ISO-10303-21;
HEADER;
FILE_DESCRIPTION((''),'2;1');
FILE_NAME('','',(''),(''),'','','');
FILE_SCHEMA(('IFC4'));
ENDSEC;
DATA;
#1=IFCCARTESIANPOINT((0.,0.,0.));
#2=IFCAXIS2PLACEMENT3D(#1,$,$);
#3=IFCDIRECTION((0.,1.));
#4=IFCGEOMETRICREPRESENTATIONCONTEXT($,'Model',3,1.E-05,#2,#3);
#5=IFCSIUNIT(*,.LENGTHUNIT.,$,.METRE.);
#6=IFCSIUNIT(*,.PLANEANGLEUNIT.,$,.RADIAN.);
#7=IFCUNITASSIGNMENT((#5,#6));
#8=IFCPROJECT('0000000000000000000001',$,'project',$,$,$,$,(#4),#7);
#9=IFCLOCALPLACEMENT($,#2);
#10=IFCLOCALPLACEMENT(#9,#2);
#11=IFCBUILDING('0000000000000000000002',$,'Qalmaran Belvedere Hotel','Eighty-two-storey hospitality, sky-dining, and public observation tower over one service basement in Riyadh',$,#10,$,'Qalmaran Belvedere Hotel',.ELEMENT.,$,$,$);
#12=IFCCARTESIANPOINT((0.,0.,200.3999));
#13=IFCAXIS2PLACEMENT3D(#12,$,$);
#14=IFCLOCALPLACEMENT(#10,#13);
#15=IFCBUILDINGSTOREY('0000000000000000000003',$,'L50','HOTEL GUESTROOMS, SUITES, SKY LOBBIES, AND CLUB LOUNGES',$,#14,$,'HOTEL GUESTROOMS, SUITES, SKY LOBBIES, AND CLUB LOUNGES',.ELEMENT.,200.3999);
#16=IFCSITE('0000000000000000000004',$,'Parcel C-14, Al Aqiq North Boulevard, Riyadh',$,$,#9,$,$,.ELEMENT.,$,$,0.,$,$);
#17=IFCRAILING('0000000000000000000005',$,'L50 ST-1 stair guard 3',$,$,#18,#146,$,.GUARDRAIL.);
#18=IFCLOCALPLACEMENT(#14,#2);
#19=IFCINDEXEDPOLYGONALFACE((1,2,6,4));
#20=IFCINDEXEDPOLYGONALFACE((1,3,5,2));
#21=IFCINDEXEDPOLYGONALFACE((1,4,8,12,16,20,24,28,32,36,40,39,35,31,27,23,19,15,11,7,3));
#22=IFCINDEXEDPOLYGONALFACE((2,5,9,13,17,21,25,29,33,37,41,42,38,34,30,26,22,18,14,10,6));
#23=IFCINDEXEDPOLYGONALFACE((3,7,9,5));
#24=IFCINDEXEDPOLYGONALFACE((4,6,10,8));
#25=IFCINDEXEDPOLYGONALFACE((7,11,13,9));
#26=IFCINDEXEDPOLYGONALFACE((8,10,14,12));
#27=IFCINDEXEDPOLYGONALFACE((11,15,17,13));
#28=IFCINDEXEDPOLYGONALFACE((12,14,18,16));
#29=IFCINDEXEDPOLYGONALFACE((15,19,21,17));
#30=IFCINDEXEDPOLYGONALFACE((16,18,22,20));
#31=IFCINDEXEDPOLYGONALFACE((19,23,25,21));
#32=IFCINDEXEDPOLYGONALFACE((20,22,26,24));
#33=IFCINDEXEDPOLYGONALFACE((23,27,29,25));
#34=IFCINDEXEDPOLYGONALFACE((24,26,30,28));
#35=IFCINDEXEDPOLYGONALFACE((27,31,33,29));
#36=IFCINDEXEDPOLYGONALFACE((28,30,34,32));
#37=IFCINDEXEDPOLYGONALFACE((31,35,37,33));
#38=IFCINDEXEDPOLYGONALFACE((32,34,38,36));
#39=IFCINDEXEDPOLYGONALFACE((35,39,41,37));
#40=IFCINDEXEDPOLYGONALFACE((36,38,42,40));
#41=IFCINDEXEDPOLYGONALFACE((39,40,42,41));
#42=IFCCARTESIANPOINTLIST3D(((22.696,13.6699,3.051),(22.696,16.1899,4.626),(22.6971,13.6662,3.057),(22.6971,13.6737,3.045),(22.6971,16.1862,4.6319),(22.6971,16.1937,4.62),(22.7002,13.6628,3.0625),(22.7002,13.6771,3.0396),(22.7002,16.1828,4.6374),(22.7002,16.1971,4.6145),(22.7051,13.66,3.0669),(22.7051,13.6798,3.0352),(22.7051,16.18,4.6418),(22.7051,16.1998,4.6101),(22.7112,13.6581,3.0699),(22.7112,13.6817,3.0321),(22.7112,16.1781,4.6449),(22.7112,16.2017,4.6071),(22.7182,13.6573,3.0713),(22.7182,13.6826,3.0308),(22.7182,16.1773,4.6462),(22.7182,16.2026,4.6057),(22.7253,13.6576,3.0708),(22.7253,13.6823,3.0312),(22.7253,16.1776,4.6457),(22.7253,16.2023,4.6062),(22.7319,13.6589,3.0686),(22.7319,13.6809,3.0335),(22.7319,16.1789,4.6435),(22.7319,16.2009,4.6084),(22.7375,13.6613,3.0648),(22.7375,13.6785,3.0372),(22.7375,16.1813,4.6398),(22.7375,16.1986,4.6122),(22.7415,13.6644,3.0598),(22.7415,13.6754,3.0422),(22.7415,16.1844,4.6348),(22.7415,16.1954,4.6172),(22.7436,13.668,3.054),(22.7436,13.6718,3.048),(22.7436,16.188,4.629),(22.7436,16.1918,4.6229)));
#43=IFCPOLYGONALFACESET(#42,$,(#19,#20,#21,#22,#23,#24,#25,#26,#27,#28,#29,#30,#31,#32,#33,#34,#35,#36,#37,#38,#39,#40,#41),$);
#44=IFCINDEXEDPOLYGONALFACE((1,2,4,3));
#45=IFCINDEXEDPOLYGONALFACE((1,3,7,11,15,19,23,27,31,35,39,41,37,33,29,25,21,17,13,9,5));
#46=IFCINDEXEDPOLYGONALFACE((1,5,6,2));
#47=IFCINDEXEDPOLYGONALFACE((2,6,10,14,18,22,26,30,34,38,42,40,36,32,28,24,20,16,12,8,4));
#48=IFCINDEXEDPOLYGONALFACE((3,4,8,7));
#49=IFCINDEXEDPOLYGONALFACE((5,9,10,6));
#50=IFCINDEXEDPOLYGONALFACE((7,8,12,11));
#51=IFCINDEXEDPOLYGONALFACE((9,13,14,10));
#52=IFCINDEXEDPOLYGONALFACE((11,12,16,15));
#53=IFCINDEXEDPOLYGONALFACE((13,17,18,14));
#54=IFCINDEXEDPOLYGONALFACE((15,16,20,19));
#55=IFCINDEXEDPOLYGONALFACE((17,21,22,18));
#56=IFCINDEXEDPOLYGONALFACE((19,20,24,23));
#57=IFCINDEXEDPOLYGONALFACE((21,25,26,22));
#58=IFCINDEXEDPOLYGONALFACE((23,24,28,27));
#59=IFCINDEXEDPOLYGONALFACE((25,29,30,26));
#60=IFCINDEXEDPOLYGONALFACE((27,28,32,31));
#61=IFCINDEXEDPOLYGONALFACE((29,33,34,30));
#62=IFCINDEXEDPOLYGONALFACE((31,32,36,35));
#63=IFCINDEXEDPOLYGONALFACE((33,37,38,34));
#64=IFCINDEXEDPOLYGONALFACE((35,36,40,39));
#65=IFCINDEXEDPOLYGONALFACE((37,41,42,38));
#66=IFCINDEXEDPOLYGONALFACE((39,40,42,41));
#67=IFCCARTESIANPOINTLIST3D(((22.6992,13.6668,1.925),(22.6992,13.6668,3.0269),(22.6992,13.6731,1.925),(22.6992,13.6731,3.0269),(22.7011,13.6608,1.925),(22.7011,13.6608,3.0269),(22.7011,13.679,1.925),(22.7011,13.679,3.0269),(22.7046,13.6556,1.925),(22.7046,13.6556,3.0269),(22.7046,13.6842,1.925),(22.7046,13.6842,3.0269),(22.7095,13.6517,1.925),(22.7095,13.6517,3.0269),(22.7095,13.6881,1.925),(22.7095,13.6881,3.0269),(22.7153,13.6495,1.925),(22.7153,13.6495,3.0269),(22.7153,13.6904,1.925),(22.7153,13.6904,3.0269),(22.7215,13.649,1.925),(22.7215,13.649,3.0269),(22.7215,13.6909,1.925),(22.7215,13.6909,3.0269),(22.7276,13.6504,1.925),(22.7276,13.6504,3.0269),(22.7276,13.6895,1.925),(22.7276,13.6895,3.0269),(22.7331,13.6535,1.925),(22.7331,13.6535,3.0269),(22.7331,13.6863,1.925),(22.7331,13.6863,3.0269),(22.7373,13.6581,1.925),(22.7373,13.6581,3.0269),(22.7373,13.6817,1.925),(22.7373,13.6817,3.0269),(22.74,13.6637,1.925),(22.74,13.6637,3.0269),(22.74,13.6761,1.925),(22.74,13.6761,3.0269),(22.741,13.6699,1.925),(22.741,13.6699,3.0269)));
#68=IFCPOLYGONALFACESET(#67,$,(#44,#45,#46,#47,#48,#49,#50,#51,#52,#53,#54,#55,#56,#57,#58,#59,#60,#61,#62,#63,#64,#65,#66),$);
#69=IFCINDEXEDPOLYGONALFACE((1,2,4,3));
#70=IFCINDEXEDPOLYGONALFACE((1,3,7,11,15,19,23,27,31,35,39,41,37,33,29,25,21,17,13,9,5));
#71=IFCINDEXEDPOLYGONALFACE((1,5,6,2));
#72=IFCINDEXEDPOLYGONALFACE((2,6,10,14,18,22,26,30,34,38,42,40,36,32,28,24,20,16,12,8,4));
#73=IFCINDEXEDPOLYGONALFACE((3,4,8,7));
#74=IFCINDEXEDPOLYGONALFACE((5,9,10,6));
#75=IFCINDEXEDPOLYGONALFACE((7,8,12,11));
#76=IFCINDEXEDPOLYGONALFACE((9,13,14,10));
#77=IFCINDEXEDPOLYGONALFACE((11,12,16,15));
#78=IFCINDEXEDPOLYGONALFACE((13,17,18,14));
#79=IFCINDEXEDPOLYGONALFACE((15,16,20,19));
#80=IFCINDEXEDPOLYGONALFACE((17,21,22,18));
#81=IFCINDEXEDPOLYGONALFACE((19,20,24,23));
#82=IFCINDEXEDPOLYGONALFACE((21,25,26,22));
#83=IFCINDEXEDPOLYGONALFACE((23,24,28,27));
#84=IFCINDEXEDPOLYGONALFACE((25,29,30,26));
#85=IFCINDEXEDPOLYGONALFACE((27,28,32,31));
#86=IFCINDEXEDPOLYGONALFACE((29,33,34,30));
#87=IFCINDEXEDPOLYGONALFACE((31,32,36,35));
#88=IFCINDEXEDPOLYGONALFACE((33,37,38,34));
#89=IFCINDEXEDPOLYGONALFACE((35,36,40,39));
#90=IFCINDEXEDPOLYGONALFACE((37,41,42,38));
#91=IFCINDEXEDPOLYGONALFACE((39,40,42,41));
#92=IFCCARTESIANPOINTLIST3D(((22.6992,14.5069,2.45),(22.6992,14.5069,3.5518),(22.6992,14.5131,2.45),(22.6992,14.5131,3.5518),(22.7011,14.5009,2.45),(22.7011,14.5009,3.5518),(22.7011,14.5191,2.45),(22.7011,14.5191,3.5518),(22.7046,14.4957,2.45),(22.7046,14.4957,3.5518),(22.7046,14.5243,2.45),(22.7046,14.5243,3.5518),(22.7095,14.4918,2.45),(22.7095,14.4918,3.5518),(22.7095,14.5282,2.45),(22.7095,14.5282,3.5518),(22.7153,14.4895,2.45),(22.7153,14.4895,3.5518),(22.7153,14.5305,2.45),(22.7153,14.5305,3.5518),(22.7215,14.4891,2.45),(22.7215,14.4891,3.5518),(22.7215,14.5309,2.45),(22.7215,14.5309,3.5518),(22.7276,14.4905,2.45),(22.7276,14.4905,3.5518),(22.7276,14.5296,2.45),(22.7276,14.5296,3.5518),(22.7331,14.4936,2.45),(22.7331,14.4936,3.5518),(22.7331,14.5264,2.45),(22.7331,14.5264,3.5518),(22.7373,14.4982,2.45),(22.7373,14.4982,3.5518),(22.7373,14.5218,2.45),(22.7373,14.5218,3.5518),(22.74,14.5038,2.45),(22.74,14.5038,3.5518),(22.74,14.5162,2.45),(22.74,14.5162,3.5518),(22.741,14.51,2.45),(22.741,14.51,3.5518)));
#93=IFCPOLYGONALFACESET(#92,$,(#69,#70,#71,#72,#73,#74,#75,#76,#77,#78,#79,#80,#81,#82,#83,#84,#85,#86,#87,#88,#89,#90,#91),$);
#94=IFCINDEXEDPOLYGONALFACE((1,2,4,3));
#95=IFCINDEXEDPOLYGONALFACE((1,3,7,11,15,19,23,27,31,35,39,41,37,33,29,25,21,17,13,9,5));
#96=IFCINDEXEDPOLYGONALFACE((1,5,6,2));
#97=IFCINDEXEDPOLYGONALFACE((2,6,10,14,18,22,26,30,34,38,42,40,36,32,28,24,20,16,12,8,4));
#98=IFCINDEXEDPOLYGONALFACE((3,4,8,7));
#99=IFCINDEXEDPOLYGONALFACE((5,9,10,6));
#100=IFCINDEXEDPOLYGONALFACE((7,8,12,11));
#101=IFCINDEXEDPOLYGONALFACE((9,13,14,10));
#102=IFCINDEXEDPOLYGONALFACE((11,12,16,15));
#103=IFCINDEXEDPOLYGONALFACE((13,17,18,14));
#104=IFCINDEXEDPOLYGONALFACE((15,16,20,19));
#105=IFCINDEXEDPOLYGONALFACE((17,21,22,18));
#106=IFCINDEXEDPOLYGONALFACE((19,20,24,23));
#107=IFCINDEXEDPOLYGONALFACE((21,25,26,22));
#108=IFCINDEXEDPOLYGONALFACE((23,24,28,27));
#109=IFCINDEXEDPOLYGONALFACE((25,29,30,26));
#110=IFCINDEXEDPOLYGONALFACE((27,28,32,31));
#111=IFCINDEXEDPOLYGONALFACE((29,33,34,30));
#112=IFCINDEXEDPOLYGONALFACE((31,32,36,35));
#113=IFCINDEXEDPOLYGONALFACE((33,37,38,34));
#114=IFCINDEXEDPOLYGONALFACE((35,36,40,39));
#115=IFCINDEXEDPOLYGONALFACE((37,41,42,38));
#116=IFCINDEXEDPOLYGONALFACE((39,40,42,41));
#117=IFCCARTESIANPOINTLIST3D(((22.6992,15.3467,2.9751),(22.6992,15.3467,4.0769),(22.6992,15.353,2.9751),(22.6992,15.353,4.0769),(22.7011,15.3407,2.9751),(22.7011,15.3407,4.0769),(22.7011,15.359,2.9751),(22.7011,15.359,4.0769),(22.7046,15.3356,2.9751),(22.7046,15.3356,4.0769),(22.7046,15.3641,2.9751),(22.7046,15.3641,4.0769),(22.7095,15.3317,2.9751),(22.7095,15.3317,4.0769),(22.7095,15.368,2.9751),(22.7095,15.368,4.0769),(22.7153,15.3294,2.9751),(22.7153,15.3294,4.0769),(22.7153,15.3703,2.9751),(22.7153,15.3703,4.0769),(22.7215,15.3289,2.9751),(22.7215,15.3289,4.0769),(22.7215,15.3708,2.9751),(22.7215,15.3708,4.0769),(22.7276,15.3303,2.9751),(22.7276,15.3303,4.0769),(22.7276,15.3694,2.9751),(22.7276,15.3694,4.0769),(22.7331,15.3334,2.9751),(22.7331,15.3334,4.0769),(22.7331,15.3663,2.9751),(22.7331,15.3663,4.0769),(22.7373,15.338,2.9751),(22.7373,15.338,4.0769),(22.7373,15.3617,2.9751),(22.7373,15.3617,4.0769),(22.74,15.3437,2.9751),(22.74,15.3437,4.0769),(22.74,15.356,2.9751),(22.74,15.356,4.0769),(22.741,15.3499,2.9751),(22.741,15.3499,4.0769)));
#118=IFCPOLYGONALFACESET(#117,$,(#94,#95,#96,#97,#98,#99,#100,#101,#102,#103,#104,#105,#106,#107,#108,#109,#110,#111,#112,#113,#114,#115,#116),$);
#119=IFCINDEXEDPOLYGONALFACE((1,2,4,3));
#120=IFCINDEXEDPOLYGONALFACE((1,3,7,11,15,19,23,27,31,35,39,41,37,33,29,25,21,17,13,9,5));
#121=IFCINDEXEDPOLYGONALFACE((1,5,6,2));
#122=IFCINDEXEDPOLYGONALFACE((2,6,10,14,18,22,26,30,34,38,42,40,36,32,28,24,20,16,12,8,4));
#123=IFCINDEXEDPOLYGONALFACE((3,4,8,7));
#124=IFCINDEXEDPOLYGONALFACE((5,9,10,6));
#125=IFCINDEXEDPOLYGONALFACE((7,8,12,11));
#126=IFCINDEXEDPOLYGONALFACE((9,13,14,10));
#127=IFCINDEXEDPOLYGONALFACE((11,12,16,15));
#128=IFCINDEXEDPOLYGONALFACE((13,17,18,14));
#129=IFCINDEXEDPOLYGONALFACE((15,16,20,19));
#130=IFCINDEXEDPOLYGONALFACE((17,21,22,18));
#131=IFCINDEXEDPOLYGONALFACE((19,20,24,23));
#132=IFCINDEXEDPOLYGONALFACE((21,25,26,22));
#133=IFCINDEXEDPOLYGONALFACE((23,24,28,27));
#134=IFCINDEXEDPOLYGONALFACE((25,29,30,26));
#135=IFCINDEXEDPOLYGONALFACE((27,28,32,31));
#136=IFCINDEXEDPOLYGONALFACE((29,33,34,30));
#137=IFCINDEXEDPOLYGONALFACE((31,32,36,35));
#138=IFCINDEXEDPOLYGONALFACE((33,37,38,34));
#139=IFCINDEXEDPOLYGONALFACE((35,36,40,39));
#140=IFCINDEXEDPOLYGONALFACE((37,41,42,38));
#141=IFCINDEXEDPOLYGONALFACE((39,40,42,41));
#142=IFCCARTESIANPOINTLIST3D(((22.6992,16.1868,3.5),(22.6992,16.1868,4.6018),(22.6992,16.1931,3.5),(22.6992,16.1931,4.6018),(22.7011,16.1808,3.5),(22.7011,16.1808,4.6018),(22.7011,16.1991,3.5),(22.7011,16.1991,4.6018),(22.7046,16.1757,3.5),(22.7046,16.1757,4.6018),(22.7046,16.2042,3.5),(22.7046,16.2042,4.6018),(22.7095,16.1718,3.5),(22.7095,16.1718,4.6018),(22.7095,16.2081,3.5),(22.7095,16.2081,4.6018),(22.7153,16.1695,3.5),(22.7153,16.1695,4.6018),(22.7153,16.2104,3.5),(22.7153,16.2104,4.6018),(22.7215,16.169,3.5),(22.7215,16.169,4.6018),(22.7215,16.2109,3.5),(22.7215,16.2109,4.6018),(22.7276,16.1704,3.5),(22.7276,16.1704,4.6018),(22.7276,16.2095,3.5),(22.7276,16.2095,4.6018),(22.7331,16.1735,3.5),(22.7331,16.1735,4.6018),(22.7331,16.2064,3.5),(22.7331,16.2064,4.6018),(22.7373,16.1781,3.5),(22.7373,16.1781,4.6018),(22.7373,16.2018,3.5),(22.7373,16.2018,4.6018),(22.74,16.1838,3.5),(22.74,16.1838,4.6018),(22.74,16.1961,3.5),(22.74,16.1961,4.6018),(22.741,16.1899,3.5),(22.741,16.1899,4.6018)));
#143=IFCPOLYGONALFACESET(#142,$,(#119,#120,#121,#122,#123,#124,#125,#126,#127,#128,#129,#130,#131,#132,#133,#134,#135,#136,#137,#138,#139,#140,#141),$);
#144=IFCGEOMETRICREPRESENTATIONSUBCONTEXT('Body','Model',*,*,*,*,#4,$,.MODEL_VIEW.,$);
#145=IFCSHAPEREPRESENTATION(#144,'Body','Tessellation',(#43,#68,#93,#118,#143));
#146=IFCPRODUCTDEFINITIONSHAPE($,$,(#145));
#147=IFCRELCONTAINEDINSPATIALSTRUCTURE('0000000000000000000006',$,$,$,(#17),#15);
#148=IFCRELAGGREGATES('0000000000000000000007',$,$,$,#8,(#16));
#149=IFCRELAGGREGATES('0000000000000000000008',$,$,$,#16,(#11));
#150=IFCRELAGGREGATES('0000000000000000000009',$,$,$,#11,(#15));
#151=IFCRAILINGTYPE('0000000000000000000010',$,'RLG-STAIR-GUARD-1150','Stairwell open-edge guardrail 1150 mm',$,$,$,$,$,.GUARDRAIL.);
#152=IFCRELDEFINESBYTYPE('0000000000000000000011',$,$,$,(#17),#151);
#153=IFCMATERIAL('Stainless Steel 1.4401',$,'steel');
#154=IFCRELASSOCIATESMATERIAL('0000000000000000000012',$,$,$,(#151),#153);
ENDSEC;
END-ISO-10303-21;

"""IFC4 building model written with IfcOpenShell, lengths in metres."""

from ifc_helpers import new_model, si_unit, direction, frame, origin, origin_2d, place, context, subcontext, project, spatial, circle, extrude, material, type_object, element, save


model = new_model("IFC4")

# Units and contexts
model_context = context("Model", 3, precision=1e-05, world=origin(), true_north=direction((0.0, 1.0)))
body_context = subcontext(model_context, "Body", "Model", "MODEL_VIEW")
ifc_project = project(units=[si_unit("LENGTHUNIT", "METRE"), si_unit("PLANEANGLEUNIT", "RADIAN")], contexts=[model_context])

# Site, building, storey
site_placement = place(None, origin())
site = spatial("IfcSite", under=ifc_project, at=site_placement, Name="Parcel C-14, Al Aqiq North Boulevard, Riyadh", CompositionType="ELEMENT", RefElevation=0.0)
building_placement = place(site_placement, origin())
building = spatial("IfcBuilding", under=site, at=building_placement, Name="Qalmaran Belvedere Hotel", Description="Eighty-two-storey hospitality, sky-dining, and public observation tower over one service basement in Riyadh", LongName="Qalmaran Belvedere Hotel", CompositionType="ELEMENT")
storey_placement = place(building_placement, frame((0.0, 0.0, 200.3999)))
storey = spatial("IfcBuildingStorey", under=building, at=storey_placement, Name="L50", Description="HOTEL GUESTROOMS, SUITES, SKY LOBBIES, AND CLUB LOUNGES", LongName="HOTEL GUESTROOMS, SUITES, SKY LOBBIES, AND CLUB LOUNGES", CompositionType="ELEMENT", Elevation=200.3999)

# Shared definitions
ifc_material_1 = material(Name="Stainless Steel 1.4401", Category="steel")

# Railing
railing_type_1 = type_object("IfcRailingType", Name="RLG-STAIR-GUARD-1150", Description="Stairwell open-edge guardrail 1150 mm", PredefinedType="GUARDRAIL", material=ifc_material_1)
railing_1_placement = place(storey_placement, frame((22.72, 13.6699, 1.925)))
element("IfcRailing", 1, at=railing_1_placement, inside=storey, type_object=railing_type_1, Name="L50 ST-1 stair guard 3", PredefinedType="GUARDRAIL", context=body_context, shape_type="SweptSolid", body=[
    extrude(circle(Radius=0.0239, at=origin_2d()), frame((0.0, 0.0, 1.126), z_axis=(0.0, 0.848008, 0.529984), x_axis=(-1.0, 0.0, 0.0)), (0.0, 0.0, 1.0), 2.9717),
    extrude(circle(Radius=0.021, at=origin_2d()), origin(), (0.0, 0.0, 1.0), 1.1018),
    extrude(circle(Radius=0.021, at=origin_2d()), frame((0.0, 0.8401, 0.5249)), (0.0, 0.0, 1.0), 1.1018),
    extrude(circle(Radius=0.021, at=origin_2d()), frame((0.0, 1.6799, 1.05)), (0.0, 0.0, 1.0), 1.1018),
    extrude(circle(Radius=0.021, at=origin_2d()), frame((0.0, 2.52, 1.575)), (0.0, 0.0, 1.0), 1.1018),
])

save(model, "model.ifc")
